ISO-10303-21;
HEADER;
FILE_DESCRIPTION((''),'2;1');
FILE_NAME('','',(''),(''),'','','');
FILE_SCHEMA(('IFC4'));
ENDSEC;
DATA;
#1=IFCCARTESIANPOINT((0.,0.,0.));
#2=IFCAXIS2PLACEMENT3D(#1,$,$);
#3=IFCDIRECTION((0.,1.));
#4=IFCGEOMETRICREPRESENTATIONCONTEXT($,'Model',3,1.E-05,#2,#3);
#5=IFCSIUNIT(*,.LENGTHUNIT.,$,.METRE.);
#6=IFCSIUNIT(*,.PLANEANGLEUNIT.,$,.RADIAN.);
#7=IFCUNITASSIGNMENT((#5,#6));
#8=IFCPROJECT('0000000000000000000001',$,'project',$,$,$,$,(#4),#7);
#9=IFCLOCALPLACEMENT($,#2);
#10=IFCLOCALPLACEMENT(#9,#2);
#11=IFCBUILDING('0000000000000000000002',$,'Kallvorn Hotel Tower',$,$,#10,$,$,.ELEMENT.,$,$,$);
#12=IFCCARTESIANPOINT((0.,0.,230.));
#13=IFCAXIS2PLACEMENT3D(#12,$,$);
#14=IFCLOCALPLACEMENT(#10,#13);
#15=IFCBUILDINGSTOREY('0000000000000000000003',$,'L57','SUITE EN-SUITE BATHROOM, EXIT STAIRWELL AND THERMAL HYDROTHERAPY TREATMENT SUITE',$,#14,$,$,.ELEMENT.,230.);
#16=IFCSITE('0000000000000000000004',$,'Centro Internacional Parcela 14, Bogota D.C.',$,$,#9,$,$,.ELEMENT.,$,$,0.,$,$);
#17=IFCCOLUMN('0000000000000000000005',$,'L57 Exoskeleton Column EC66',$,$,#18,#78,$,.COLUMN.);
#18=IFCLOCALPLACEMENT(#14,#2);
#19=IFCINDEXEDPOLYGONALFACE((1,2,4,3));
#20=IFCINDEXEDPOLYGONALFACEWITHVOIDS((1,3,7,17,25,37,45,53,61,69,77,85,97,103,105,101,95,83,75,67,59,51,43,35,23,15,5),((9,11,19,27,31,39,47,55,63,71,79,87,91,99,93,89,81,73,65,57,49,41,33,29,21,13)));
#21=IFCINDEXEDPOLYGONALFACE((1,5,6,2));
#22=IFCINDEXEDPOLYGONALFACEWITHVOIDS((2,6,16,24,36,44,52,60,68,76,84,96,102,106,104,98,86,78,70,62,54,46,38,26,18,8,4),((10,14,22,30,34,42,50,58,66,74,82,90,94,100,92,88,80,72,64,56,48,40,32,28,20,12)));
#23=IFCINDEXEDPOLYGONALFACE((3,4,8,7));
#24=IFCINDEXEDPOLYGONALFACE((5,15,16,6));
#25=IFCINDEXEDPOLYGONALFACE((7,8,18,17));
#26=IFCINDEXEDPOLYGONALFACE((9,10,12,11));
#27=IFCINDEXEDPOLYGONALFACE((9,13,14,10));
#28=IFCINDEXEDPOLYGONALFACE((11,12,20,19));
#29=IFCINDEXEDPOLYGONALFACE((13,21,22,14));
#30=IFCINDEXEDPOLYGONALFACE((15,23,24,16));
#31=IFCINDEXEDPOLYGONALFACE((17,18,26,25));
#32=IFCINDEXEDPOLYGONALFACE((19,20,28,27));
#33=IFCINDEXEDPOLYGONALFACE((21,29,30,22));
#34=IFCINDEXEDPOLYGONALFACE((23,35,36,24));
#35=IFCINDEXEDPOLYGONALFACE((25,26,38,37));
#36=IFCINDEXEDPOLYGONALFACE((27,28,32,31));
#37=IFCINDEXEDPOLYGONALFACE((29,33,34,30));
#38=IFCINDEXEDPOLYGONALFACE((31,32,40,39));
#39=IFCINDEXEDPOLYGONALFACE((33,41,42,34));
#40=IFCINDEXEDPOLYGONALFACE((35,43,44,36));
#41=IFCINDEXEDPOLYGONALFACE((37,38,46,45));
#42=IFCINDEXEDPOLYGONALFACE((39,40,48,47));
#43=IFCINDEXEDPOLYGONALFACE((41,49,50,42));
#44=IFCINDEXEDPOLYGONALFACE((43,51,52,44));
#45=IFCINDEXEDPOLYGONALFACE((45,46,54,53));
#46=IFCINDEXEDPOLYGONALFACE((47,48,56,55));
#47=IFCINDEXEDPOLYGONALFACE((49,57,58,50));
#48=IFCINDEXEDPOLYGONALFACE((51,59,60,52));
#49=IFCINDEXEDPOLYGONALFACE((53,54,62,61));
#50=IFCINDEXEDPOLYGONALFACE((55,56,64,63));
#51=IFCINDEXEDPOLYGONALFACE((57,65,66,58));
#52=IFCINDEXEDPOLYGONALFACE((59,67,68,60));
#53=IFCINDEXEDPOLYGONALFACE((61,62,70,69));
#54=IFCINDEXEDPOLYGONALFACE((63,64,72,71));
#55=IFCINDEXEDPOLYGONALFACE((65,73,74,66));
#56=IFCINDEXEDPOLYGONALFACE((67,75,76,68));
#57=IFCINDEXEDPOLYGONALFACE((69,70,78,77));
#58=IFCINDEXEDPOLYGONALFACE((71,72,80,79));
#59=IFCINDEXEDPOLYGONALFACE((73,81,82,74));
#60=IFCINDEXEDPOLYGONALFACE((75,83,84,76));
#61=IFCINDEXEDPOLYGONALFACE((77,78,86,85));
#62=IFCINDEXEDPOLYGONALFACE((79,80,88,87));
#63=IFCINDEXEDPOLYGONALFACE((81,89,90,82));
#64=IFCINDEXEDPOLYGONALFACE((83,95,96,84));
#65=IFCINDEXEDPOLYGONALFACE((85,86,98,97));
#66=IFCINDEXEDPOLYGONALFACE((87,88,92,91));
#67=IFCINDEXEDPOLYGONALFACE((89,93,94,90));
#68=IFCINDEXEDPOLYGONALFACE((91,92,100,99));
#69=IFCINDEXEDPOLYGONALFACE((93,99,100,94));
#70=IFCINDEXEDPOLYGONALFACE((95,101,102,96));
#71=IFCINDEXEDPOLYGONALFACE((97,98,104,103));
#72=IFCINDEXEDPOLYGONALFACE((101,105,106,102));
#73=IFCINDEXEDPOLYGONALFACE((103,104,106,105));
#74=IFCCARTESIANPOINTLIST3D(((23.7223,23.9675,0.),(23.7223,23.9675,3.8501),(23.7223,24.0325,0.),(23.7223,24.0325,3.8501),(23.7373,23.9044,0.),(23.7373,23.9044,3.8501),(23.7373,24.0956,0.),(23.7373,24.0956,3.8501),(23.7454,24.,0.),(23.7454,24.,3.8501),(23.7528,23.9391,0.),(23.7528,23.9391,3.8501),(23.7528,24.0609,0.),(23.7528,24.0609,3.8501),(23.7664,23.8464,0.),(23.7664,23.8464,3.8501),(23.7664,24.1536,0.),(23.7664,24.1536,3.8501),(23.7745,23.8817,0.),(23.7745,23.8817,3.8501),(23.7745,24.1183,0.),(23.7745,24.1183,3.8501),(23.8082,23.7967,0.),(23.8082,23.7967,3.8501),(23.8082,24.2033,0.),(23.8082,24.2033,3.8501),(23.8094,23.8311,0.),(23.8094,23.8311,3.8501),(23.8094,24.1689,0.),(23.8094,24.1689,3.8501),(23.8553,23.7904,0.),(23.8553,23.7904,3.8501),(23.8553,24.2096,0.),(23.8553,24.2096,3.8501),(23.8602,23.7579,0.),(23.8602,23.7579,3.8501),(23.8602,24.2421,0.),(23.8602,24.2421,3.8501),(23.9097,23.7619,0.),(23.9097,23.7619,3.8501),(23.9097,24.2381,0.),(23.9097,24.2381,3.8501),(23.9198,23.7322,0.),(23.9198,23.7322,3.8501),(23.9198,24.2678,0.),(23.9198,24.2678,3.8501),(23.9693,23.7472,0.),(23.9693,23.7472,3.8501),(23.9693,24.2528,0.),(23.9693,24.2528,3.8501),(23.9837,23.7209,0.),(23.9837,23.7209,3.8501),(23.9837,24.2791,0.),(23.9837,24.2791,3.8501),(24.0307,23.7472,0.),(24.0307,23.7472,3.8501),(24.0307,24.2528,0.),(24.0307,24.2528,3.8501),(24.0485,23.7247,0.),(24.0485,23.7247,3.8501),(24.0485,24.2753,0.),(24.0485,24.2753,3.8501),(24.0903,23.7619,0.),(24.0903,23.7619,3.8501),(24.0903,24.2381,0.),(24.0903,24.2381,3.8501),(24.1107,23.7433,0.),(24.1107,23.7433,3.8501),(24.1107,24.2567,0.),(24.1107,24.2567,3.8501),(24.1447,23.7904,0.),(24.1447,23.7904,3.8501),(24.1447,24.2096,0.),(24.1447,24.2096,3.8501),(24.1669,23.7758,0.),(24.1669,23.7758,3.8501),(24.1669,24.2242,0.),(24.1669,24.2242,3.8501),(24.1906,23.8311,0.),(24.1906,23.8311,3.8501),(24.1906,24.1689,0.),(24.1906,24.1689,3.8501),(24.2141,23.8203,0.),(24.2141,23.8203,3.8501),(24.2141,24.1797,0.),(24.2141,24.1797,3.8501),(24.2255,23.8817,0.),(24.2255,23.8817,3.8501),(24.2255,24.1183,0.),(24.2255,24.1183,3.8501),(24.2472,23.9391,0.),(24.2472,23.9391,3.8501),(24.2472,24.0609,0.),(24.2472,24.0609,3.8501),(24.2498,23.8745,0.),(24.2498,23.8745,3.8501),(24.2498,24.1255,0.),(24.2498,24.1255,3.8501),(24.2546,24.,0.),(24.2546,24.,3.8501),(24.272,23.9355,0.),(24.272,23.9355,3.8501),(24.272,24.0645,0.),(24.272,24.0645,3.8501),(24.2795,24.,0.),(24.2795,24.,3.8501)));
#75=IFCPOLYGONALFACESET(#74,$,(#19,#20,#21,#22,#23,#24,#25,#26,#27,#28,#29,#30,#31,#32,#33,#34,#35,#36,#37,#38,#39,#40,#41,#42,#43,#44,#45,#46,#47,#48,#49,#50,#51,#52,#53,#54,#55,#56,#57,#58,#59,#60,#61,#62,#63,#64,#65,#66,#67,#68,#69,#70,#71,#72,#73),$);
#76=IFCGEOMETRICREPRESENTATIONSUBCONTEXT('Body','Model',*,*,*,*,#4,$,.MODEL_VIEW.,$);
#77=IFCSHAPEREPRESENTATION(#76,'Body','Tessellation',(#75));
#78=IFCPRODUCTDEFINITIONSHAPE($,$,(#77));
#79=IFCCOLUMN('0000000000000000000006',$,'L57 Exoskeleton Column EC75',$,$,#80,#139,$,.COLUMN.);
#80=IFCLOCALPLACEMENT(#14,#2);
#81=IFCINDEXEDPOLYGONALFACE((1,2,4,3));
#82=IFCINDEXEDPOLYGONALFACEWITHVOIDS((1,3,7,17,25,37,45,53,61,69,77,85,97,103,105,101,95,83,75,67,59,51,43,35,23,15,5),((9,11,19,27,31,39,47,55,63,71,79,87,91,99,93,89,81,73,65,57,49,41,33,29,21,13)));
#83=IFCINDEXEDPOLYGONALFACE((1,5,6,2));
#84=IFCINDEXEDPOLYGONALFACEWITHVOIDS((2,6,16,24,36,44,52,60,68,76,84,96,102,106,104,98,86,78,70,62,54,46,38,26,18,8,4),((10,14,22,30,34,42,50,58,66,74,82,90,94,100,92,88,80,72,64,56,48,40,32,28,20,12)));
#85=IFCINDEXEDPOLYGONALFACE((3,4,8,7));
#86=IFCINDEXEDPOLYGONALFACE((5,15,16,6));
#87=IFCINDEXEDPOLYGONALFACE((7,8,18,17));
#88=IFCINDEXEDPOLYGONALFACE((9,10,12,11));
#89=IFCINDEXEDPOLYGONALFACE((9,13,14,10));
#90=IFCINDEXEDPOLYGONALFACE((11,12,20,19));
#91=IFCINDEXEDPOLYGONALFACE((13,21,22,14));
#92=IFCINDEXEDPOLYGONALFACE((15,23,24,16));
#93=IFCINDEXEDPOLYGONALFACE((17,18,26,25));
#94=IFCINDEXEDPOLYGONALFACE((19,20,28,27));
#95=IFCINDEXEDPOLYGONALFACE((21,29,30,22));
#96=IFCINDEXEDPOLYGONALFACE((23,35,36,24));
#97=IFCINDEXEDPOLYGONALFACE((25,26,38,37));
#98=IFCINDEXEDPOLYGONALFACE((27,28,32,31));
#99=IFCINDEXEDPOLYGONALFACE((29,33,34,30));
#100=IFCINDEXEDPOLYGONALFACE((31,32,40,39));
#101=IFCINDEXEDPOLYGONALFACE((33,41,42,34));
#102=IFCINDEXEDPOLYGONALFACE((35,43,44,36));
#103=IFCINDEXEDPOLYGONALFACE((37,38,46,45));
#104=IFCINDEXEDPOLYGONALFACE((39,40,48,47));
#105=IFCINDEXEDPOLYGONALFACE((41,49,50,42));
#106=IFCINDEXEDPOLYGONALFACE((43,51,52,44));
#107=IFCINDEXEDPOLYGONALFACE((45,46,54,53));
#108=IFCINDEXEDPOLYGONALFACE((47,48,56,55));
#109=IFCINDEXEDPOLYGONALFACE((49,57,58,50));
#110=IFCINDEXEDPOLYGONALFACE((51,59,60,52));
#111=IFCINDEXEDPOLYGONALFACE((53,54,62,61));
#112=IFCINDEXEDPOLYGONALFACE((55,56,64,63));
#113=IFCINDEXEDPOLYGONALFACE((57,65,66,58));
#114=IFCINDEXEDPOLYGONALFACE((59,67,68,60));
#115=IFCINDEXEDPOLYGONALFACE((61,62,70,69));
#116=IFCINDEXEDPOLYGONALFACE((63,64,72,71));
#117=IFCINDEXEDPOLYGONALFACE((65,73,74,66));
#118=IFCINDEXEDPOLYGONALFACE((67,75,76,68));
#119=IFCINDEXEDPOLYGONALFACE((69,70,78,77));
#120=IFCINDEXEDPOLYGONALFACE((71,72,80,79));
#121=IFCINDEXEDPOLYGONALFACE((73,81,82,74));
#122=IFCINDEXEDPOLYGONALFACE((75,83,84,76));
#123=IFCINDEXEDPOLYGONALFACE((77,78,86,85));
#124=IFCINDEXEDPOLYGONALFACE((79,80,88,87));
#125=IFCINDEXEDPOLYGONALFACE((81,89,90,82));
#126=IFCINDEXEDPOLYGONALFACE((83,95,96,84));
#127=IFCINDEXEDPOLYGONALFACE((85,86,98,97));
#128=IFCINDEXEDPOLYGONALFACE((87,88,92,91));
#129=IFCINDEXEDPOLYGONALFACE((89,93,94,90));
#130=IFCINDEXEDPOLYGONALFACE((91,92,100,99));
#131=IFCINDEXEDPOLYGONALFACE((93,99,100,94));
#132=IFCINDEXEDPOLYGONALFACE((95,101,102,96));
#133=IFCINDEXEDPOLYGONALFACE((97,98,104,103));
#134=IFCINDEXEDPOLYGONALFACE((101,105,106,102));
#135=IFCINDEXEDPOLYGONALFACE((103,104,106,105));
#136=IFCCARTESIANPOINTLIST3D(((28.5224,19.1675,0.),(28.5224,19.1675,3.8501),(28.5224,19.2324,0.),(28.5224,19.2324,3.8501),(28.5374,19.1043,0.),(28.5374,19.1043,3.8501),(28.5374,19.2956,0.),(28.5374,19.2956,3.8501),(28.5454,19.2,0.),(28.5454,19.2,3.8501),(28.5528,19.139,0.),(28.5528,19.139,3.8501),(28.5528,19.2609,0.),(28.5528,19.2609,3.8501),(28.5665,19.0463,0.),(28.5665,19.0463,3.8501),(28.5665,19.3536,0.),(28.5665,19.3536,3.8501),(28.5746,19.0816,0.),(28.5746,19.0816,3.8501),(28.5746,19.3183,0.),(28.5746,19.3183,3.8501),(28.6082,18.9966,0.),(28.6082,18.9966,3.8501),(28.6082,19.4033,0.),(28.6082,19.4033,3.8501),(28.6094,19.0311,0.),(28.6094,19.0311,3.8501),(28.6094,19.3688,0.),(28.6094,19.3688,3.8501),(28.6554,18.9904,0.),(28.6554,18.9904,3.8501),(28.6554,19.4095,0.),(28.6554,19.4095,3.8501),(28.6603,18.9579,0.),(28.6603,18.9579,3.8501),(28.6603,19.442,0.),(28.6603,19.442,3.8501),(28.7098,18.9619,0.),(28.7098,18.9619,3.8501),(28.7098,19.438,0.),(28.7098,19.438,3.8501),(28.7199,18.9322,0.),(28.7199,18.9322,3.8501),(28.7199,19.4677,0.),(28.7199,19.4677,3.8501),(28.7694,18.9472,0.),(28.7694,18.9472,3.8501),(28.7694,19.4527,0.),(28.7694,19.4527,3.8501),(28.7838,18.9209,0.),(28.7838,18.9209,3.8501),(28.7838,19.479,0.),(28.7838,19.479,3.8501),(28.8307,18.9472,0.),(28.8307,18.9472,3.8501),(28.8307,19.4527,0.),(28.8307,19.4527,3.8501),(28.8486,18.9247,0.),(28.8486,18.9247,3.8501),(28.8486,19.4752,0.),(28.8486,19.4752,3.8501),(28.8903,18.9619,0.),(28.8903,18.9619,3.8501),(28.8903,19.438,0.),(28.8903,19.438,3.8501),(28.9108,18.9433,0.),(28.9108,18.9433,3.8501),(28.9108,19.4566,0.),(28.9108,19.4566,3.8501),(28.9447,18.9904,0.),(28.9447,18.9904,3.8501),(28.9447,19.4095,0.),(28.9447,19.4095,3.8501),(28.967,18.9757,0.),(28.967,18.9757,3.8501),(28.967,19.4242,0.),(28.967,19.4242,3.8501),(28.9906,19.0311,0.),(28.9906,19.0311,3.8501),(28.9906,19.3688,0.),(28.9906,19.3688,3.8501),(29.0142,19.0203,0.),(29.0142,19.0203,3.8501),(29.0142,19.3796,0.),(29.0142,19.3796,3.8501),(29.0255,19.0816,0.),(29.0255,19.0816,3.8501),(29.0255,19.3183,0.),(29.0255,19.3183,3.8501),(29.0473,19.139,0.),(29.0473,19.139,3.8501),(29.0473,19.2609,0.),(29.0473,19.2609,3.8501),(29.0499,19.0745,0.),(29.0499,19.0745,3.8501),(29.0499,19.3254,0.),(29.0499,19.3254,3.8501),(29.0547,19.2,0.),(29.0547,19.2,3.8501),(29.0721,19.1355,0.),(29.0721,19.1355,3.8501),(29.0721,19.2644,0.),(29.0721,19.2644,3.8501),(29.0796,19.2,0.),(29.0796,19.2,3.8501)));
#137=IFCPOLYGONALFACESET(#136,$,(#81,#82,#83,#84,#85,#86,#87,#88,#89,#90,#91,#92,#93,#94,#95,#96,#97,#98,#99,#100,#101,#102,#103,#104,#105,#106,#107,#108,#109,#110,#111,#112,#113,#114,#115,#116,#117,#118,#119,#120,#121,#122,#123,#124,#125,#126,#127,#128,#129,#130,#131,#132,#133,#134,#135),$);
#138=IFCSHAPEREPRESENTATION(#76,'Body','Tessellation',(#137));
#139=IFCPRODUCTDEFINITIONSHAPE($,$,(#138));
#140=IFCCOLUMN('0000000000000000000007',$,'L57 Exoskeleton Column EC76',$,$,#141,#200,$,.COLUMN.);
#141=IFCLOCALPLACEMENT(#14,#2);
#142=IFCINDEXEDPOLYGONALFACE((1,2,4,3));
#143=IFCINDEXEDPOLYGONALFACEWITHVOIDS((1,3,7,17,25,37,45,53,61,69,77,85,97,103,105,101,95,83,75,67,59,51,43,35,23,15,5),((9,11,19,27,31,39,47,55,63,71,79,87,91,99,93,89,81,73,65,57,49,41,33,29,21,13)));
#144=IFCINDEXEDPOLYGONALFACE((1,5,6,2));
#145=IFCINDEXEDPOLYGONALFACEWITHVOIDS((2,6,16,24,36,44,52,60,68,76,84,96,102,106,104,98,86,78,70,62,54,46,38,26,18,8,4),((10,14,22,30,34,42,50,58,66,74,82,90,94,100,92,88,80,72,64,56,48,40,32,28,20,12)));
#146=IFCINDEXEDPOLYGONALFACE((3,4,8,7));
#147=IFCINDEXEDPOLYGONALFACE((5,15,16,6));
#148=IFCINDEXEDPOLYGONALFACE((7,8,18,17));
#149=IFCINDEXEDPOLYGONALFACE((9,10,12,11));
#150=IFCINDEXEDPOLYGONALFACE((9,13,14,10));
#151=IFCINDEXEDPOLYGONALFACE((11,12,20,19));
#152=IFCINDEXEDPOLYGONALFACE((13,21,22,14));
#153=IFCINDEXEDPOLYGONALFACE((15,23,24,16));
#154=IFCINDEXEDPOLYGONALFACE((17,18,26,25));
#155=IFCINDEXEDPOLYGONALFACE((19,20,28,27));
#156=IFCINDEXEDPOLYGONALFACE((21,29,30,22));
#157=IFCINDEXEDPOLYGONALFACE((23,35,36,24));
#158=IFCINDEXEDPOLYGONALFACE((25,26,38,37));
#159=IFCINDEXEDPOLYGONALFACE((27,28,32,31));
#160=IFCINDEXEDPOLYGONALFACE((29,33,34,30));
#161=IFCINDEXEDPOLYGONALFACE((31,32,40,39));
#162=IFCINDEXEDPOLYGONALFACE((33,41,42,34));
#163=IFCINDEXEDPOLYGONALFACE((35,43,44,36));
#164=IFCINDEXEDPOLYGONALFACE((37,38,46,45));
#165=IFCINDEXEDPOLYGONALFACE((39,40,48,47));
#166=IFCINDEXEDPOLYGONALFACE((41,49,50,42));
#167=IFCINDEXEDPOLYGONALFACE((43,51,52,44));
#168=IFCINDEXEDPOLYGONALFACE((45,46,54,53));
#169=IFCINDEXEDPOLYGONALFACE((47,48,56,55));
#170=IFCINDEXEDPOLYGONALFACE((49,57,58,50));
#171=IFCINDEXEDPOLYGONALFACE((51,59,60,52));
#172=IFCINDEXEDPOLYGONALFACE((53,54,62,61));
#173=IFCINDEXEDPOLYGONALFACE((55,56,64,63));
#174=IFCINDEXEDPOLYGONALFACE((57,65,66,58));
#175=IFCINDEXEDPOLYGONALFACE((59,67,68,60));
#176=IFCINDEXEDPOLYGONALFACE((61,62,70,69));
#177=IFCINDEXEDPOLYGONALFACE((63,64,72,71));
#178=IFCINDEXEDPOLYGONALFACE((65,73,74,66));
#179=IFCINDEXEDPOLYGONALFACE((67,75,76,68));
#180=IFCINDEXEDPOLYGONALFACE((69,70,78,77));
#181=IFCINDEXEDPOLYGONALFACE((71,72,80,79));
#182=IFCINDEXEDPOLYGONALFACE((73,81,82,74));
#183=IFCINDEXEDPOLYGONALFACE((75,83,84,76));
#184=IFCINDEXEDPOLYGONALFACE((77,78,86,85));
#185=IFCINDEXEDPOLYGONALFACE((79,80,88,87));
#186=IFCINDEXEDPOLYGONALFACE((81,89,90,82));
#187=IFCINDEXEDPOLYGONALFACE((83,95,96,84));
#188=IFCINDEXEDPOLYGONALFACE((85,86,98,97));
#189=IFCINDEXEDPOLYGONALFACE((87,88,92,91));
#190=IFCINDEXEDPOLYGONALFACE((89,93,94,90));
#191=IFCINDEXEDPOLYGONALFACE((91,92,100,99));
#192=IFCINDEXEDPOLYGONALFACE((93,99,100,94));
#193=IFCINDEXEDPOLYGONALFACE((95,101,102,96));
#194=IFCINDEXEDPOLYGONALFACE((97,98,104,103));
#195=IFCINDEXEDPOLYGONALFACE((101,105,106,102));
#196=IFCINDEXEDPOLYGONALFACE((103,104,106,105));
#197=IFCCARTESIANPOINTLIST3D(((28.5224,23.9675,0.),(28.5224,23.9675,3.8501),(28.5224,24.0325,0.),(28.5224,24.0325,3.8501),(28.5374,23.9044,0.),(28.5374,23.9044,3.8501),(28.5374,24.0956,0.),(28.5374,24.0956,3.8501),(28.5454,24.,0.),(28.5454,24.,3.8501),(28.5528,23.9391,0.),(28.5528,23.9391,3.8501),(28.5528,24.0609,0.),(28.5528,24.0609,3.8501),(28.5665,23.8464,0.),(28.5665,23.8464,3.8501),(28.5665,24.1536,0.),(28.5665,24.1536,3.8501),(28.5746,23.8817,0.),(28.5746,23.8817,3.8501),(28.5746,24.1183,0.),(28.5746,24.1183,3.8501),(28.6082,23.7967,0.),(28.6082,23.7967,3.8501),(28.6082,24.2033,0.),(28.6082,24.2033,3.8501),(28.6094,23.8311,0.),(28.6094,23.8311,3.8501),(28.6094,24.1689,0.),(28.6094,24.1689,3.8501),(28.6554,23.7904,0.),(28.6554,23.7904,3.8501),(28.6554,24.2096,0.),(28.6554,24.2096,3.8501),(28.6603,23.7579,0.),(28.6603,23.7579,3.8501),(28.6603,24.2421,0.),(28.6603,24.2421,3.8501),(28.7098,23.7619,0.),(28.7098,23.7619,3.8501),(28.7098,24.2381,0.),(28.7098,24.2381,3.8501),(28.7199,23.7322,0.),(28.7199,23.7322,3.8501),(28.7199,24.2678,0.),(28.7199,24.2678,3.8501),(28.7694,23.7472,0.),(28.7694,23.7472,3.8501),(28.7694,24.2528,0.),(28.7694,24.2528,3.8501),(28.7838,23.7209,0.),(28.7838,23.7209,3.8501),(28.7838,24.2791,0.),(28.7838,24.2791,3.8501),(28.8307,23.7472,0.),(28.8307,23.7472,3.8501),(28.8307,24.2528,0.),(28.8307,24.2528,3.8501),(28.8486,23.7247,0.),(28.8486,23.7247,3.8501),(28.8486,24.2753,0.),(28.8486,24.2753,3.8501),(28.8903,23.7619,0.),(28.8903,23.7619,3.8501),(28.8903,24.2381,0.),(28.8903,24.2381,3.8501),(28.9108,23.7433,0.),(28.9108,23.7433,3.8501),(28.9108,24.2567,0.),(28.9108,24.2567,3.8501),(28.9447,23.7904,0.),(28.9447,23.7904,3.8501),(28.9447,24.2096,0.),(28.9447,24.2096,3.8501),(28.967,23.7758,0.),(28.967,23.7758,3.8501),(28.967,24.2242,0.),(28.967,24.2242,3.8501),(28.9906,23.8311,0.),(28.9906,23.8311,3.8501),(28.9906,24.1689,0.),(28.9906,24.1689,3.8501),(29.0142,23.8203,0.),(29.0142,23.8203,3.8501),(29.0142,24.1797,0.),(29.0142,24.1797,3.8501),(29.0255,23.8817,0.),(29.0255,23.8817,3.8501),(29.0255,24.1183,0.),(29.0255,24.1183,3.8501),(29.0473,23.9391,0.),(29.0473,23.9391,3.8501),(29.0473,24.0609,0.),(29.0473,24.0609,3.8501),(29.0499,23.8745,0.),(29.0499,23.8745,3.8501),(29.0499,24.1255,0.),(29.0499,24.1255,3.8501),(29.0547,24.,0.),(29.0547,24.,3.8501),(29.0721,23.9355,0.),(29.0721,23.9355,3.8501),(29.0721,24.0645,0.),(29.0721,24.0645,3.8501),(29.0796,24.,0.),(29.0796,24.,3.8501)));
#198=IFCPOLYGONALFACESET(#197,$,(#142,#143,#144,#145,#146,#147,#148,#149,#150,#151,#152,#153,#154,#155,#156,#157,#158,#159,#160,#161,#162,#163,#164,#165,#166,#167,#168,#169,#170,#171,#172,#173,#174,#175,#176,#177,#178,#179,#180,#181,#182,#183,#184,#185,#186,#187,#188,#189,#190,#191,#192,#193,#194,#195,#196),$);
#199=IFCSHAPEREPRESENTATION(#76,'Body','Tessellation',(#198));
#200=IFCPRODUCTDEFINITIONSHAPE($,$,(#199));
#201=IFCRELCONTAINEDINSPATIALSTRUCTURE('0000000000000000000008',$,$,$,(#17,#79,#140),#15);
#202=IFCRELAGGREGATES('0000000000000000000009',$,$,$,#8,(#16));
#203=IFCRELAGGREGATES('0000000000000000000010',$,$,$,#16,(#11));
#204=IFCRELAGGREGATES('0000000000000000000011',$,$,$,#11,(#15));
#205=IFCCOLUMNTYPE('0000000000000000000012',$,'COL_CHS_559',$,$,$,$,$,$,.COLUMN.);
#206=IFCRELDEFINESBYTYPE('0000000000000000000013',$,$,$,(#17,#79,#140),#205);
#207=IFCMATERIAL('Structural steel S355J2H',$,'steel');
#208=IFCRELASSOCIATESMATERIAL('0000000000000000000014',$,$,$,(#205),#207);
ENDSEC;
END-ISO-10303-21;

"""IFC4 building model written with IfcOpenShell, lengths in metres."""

from ifc_helpers import new_model, si_unit, direction, frame, origin, origin_2d, place, context, subcontext, project, spatial, hollow_circle, extrude, material, material_profile, profile_set, type_object, element, save


model = new_model("IFC4")

# Units and contexts
model_context = context("Model", 3, precision=1e-05, world=origin(), true_north=direction((0.0, 1.0)))
body_context = subcontext(model_context, "Body", "Model", "MODEL_VIEW")
ifc_project = project(units=[si_unit("LENGTHUNIT", "METRE"), si_unit("PLANEANGLEUNIT", "RADIAN")], contexts=[model_context])

# Site, building, storey
site_placement = place(None, origin())
site = spatial("IfcSite", under=ifc_project, at=site_placement, Name="Centro Internacional Parcela 14, Bogota D.C.", CompositionType="ELEMENT", RefElevation=0.0)
building_placement = place(site_placement, origin())
building = spatial("IfcBuilding", under=site, at=building_placement, Name="Kallvorn Hotel Tower", CompositionType="ELEMENT")
storey_placement = place(building_placement, frame((0.0, 0.0, 230.0)))
storey = spatial("IfcBuildingStorey", under=building, at=storey_placement, Name="L57", Description="SUITE EN-SUITE BATHROOM, EXIT STAIRWELL AND THERMAL HYDROTHERAPY TREATMENT SUITE", CompositionType="ELEMENT", Elevation=230.0)

# Columns
ifc_material_1 = material(Name="Structural steel S355J2H", Category="steel")
ifc_material_profile_1 = material_profile(ifc_material_1, hollow_circle(Radius=0.2795, WallThickness=0.0249, at=origin_2d()), Name="CHS 559x25")
ifc_profile_set_1 = profile_set([ifc_material_profile_1], Name="Structural steel S355J2H")
column_type = type_object("IfcColumnType", Name="COL_CHS_559", PredefinedType="COLUMN", material=ifc_profile_set_1)
for number, where, z_axis, x_axis, name in (
    (1, (24.0, 24.0, 0.0), (0.0, 0.0, 1.0), (1.0, 0.0, 0.0), "L57 Exoskeleton Column EC66"),
    (2, (28.8, 19.2, 0.0), (0.0, 0.0, 1.0), (1.0, 0.0, 0.0), "L57 Exoskeleton Column EC75"),
    (3, (28.8, 24.0, 0.0), (0.0, 0.0, 1.0), (1.0, 0.0, 0.0), "L57 Exoskeleton Column EC76"),
):
    element("IfcColumn", number, at=place(storey_placement, frame(where, z_axis=z_axis, x_axis=x_axis)), inside=storey, type_object=column_type, Name=name, PredefinedType="COLUMN", context=body_context, shape_type="SweptSolid", body=[
        extrude(hollow_circle(Radius=0.2795, WallThickness=0.0249, at=origin_2d()), origin(), (0.0, 0.0, 1.0), 3.8501),
    ])

save(model, "model.ifc")
